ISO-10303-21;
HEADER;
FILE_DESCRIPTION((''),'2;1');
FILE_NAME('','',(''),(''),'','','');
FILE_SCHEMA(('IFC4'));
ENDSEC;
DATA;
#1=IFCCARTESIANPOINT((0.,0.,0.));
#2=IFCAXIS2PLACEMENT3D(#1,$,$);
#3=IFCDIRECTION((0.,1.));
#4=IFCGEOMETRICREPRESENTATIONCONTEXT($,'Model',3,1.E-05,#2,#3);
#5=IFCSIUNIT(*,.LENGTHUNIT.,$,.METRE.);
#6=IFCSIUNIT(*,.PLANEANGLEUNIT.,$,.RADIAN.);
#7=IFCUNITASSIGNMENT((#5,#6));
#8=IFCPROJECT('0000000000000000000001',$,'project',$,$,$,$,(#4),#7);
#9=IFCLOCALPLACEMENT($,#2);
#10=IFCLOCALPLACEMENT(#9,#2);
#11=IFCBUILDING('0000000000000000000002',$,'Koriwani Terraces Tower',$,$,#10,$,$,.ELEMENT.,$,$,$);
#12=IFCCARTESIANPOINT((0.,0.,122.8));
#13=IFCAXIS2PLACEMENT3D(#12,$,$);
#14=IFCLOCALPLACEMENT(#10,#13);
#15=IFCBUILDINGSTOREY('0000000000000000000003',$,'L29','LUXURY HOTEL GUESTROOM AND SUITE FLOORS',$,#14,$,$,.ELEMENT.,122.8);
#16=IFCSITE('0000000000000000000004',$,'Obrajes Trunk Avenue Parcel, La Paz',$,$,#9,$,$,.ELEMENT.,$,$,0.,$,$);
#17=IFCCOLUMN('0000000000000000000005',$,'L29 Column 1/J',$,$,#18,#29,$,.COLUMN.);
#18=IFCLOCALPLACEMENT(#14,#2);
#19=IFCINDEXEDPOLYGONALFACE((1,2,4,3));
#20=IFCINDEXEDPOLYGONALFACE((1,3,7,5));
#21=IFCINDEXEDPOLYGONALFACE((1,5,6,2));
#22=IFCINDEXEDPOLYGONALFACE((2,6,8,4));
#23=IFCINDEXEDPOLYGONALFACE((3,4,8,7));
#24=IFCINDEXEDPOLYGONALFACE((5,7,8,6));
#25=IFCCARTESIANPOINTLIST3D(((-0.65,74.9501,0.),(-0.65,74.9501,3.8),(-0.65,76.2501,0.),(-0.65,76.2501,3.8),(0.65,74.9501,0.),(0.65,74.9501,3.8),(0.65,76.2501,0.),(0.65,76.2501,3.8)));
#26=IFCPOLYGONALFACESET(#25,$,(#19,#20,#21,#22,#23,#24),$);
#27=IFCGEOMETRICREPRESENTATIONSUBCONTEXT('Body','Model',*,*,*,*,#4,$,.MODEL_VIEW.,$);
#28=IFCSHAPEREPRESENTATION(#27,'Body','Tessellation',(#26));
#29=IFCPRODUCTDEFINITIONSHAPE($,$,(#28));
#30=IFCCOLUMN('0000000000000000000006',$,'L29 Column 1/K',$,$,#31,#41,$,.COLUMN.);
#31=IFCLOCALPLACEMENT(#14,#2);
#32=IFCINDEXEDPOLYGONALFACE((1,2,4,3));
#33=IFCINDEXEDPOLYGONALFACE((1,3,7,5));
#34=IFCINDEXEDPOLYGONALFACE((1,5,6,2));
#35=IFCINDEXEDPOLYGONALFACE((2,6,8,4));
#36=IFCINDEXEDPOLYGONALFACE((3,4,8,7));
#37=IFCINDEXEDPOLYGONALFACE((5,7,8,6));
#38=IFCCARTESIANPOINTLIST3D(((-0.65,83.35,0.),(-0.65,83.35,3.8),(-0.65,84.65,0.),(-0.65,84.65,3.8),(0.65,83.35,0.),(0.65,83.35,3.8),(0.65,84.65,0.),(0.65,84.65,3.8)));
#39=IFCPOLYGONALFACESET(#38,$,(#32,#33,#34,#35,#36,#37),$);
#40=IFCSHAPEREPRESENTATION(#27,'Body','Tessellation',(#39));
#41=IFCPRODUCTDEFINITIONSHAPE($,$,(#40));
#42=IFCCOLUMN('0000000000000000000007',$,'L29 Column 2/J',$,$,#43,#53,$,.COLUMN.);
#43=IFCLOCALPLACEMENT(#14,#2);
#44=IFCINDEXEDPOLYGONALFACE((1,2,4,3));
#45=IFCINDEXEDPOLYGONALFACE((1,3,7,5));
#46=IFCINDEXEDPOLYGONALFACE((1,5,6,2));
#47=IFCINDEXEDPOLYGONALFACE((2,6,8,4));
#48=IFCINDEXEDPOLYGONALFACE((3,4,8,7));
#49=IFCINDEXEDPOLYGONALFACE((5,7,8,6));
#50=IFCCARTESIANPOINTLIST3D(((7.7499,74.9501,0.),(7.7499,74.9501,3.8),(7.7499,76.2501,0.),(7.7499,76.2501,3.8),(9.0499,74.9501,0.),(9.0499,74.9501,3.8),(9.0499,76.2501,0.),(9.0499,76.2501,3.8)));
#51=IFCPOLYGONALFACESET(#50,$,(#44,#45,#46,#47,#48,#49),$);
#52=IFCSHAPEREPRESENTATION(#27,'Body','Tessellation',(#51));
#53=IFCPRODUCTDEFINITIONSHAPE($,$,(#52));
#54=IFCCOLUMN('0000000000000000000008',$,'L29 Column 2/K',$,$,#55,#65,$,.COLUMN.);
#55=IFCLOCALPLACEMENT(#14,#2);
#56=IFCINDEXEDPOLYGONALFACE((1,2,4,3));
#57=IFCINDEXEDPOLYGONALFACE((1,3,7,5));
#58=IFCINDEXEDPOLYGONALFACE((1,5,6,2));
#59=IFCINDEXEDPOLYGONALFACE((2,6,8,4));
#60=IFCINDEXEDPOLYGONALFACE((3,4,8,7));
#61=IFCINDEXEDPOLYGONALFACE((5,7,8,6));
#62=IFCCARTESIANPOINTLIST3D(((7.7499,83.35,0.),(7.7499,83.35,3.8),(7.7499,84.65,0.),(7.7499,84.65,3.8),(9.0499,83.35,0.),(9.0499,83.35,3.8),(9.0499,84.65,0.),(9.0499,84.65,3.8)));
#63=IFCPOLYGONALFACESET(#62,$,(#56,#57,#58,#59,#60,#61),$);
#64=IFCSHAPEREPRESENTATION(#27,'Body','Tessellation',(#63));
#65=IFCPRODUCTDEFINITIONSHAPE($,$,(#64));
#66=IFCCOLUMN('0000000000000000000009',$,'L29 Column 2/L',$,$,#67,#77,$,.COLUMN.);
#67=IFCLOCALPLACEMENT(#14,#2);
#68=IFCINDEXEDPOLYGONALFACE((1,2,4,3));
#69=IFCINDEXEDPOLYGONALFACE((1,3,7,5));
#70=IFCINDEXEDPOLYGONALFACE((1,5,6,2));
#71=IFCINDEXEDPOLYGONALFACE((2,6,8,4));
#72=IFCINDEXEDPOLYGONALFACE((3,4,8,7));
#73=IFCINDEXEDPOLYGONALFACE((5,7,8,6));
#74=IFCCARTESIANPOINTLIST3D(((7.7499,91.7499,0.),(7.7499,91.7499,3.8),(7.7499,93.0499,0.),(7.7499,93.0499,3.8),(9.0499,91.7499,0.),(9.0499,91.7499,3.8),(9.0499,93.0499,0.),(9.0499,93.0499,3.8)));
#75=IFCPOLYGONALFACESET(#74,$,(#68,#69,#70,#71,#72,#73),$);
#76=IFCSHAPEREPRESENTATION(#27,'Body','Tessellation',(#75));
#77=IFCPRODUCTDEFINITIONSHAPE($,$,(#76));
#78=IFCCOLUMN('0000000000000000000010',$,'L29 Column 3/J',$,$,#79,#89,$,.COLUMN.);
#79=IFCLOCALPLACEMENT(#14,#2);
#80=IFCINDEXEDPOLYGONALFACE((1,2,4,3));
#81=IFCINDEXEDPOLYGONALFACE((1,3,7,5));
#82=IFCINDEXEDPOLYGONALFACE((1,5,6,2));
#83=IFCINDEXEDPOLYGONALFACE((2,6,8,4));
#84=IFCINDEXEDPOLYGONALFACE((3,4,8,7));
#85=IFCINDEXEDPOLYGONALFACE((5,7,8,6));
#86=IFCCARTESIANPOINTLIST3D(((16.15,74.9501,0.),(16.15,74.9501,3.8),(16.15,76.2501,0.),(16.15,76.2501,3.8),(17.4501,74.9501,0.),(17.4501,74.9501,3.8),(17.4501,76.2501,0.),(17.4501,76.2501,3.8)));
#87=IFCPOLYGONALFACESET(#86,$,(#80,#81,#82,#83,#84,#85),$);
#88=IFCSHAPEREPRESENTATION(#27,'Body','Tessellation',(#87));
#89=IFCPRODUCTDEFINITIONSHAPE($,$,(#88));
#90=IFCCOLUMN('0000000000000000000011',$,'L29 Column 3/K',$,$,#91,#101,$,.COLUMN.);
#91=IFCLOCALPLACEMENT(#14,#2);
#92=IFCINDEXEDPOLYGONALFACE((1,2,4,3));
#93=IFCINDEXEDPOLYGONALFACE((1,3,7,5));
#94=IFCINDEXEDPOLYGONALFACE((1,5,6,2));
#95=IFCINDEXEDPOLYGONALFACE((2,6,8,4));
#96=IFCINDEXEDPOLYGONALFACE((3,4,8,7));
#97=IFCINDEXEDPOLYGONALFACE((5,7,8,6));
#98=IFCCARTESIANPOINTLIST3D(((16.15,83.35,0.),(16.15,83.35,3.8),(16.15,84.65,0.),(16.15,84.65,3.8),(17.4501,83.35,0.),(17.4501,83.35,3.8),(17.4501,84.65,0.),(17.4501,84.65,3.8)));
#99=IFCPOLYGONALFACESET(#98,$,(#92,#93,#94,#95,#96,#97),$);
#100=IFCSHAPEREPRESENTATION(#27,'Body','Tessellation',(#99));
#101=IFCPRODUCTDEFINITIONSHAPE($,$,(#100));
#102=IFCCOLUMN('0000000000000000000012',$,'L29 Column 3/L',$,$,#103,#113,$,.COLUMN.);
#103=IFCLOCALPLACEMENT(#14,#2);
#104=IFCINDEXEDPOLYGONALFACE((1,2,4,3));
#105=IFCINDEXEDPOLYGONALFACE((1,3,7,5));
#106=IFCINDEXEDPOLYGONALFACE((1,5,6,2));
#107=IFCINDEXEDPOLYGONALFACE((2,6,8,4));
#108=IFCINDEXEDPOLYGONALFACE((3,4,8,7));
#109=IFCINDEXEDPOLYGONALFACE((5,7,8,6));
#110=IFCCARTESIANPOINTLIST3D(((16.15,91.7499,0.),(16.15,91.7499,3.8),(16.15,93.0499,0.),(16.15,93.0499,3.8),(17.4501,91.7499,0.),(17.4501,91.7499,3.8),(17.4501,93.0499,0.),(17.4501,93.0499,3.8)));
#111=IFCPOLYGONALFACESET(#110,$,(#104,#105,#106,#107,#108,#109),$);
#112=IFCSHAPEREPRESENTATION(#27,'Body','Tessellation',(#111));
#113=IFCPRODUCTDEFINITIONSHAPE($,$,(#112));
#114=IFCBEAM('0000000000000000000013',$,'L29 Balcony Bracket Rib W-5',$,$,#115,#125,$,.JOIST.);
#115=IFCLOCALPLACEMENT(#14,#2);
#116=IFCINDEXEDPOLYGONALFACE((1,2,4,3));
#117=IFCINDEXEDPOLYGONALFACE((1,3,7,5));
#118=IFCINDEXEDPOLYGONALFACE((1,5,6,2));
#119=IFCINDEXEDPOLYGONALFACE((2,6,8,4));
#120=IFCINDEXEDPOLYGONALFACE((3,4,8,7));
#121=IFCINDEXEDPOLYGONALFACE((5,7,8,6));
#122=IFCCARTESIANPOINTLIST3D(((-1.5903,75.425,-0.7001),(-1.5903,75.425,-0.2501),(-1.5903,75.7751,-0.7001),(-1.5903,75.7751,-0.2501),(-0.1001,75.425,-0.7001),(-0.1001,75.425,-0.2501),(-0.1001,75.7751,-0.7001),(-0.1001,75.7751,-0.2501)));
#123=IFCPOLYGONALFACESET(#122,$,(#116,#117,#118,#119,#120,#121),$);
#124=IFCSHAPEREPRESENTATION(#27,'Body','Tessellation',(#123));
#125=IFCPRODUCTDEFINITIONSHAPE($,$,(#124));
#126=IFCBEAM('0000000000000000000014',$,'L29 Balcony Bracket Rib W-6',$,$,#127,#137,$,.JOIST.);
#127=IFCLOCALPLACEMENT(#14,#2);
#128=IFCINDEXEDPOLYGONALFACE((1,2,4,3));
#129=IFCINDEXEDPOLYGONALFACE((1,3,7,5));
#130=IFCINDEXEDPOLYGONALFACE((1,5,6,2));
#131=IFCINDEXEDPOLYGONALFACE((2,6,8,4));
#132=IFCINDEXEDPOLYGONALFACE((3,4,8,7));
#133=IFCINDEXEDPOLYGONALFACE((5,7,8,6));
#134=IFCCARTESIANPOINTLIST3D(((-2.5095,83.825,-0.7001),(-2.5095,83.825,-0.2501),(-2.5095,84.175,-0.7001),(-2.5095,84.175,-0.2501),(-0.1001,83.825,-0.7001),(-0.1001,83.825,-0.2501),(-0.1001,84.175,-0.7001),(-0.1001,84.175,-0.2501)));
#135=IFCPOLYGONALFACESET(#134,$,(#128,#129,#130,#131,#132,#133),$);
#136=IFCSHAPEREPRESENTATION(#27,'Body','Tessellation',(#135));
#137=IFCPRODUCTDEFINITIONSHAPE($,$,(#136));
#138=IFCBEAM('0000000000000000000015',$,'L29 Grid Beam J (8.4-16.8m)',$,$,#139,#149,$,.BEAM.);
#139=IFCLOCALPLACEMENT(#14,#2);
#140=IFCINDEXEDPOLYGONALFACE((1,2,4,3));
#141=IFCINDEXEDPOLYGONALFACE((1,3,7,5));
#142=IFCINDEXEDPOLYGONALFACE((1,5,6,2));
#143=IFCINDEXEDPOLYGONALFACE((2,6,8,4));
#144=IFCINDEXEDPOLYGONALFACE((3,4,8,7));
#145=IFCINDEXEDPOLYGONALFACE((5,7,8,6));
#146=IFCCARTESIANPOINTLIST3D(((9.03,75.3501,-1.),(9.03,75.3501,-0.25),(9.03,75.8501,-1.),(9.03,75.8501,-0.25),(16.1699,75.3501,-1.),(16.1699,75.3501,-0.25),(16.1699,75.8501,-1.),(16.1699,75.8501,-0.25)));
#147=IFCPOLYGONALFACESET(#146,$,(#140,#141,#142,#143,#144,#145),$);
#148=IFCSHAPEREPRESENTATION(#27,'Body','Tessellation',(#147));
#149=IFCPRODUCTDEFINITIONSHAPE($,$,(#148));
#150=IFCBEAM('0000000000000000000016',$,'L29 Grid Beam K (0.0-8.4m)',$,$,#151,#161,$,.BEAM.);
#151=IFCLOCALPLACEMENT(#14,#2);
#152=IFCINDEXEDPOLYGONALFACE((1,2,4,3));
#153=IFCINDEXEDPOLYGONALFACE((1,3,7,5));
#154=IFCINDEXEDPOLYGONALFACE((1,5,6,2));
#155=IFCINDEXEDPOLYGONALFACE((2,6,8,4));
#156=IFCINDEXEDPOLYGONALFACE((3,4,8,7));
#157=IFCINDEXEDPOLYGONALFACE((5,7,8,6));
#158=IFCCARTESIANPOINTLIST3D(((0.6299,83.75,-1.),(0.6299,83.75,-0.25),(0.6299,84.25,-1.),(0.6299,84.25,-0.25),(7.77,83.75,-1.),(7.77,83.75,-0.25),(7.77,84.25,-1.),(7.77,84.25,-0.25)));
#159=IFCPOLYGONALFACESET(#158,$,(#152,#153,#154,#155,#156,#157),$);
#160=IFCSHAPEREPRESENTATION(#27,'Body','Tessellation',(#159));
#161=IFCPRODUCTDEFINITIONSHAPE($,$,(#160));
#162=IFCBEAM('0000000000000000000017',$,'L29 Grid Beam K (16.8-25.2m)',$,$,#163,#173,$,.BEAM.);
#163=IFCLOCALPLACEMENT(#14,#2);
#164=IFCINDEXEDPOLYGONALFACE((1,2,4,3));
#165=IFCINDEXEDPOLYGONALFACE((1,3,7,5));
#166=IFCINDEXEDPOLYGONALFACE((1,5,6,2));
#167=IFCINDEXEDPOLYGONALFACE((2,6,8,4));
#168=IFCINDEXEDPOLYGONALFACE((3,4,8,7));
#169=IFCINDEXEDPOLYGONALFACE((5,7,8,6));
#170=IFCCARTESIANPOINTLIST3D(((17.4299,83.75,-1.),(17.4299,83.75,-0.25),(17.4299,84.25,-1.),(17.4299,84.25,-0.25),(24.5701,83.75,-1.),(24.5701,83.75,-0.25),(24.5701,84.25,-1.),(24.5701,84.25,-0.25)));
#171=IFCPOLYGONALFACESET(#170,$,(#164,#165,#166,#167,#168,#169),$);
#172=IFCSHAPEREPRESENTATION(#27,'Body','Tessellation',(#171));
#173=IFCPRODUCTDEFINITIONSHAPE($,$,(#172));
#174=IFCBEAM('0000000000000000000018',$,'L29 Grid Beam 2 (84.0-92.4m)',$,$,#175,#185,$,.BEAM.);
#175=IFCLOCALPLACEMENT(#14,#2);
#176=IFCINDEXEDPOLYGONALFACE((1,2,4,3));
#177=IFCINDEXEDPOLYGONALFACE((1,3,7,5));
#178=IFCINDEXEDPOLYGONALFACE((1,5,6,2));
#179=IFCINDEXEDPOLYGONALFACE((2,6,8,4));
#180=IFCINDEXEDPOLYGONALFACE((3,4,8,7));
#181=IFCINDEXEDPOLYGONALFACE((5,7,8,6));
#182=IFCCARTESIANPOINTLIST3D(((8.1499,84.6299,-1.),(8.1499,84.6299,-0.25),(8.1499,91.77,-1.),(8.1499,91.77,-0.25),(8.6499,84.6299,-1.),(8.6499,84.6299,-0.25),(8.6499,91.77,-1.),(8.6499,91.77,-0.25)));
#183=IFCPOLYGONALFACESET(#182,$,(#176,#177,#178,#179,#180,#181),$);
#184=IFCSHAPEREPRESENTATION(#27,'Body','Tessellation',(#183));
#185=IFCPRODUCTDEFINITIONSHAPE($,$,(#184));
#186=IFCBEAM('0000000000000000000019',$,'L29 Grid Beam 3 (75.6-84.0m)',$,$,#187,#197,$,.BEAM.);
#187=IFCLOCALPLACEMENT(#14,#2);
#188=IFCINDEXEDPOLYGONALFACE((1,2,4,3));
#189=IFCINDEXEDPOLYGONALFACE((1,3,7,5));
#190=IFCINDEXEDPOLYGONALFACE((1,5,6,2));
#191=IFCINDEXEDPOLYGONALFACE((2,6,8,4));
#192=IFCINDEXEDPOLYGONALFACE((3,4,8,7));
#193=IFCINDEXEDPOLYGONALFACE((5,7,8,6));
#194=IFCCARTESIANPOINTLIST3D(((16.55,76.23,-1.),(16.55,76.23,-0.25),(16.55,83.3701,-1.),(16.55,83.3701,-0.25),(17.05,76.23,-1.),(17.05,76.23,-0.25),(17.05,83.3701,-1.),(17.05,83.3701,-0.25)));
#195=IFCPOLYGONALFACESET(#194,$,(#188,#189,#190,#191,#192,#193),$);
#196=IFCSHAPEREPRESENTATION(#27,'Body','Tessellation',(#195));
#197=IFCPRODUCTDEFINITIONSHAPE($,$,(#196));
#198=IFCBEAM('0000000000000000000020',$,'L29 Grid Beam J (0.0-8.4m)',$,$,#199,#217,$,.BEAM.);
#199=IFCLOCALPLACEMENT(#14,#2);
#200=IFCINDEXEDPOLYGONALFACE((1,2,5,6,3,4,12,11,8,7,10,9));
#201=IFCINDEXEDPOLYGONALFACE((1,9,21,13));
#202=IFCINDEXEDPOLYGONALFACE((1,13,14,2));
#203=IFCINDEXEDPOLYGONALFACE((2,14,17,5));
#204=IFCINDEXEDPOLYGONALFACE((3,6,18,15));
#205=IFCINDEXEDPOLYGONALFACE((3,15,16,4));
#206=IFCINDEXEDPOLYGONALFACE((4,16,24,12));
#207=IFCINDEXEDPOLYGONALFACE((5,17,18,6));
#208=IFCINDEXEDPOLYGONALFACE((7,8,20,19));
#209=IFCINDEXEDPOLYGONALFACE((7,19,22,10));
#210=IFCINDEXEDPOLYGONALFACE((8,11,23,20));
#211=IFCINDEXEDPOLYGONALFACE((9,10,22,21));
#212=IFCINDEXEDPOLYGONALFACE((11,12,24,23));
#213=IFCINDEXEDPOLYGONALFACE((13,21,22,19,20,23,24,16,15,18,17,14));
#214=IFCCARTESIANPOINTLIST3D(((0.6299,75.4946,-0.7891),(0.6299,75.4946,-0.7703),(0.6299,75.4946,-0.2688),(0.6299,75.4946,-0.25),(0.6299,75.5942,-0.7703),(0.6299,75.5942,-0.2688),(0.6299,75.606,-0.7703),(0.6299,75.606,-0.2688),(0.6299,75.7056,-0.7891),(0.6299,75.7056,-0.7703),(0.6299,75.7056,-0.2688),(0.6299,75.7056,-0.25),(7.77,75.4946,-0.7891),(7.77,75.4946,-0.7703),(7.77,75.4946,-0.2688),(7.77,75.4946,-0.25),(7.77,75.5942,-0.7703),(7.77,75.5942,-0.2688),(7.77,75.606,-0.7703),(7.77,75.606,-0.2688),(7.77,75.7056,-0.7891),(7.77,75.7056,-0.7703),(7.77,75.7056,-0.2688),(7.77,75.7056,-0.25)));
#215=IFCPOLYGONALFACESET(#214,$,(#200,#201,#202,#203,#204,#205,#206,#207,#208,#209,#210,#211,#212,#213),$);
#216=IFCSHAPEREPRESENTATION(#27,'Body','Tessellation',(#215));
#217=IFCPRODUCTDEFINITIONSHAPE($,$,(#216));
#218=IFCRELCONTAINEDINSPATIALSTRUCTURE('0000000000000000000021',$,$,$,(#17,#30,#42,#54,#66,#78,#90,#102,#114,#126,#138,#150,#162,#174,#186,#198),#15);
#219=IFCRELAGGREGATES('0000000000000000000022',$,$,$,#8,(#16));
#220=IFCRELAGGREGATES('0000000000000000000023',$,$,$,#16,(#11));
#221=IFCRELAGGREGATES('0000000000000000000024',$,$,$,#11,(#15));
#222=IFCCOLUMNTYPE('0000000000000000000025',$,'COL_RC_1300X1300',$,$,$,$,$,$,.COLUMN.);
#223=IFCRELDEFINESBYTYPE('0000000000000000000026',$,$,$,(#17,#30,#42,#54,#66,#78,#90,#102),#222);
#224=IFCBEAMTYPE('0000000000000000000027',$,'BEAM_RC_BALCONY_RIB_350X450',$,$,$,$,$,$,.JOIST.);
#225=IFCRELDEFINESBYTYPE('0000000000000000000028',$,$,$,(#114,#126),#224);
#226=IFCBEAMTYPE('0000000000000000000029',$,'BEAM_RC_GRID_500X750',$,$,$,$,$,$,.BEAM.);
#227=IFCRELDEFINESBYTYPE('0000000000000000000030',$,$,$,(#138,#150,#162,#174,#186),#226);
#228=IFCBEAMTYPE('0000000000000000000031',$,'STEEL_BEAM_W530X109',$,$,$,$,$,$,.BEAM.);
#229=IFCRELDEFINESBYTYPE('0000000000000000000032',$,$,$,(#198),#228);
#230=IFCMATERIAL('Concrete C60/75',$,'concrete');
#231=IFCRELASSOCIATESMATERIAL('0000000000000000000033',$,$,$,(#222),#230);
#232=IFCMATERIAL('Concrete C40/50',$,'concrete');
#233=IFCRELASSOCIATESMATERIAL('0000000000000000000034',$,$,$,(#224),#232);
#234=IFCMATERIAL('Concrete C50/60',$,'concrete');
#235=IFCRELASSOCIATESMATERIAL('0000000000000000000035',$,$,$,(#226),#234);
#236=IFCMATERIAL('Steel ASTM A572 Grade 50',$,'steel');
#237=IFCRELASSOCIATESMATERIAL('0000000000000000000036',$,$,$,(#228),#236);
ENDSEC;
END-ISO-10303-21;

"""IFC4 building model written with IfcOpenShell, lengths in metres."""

from ifc_helpers import new_model, si_unit, direction, frame, origin, origin_2d, place, context, subcontext, project, spatial, rectangle, i_section, extrude, material, material_profile, profile_set, type_object, element, save


model = new_model("IFC4")

# Units and contexts
model_context = context("Model", 3, precision=1e-05, world=origin(), true_north=direction((0.0, 1.0)))
body_context = subcontext(model_context, "Body", "Model", "MODEL_VIEW")
ifc_project = project(units=[si_unit("LENGTHUNIT", "METRE"), si_unit("PLANEANGLEUNIT", "RADIAN")], contexts=[model_context])

# Site, building, storey
site_placement = place(None, origin())
site = spatial("IfcSite", under=ifc_project, at=site_placement, Name="Obrajes Trunk Avenue Parcel, La Paz", CompositionType="ELEMENT", RefElevation=0.0)
building_placement = place(site_placement, origin())
building = spatial("IfcBuilding", under=site, at=building_placement, Name="Koriwani Terraces Tower", CompositionType="ELEMENT")
storey_placement = place(building_placement, frame((0.0, 0.0, 122.8)))
storey = spatial("IfcBuildingStorey", under=building, at=storey_placement, Name="L29", Description="LUXURY HOTEL GUESTROOM AND SUITE FLOORS", CompositionType="ELEMENT", Elevation=122.8)

# Columns
ifc_material_1 = material(Name="Concrete C60/75", Category="concrete")
ifc_material_profile_1 = material_profile(ifc_material_1, rectangle(XDim=1.3, YDim=1.3, at=origin_2d()), Name="Concrete C60/75", Category="LoadBearing")
ifc_profile_set_1 = profile_set([ifc_material_profile_1], Name="Concrete C60/75")
column_type = type_object("IfcColumnType", Name="COL_RC_1300X1300", PredefinedType="COLUMN", material=ifc_profile_set_1)
for number, where, z_axis, x_axis, name in (
    (1, (0.0, 75.6001, 0.0), (0.0, 0.0, 1.0), (1.0, 0.0, 0.0), "L29 Column 1/J"),
    (2, (0.0, 84.0, 0.0), (0.0, 0.0, 1.0), (1.0, 0.0, 0.0), "L29 Column 1/K"),
    (3, (8.3999, 75.6001, 0.0), (0.0, 0.0, 1.0), (1.0, 0.0, 0.0), "L29 Column 2/J"),
    (4, (8.3999, 84.0, 0.0), (0.0, 0.0, 1.0), (1.0, 0.0, 0.0), "L29 Column 2/K"),
    (5, (8.3999, 92.3999, 0.0), (0.0, 0.0, 1.0), (1.0, 0.0, 0.0), "L29 Column 2/L"),
    (6, (16.8, 75.6001, 0.0), (0.0, 0.0, 1.0), (1.0, 0.0, 0.0), "L29 Column 3/J"),
    (7, (16.8, 84.0, 0.0), (0.0, 0.0, 1.0), (1.0, 0.0, 0.0), "L29 Column 3/K"),
    (8, (16.8, 92.3999, 0.0), (0.0, 0.0, 1.0), (1.0, 0.0, 0.0), "L29 Column 3/L"),
):
    element("IfcColumn", number, at=place(storey_placement, frame(where, z_axis=z_axis, x_axis=x_axis)), inside=storey, type_object=column_type, Name=name, PredefinedType="COLUMN", context=body_context, shape_type="SweptSolid", body=[
        extrude(rectangle(XDim=1.3, YDim=1.3, at=origin_2d()), origin(), (0.0, 0.0, 1.0), 3.8),
    ])

# Beams
ifc_material_2 = material(Name="Concrete C40/50", Category="concrete")
ifc_material_profile_2 = material_profile(ifc_material_2, rectangle(XDim=0.3501, YDim=0.45, at=origin_2d()), Name="Concrete C40/50", Category="LoadBearing")
ifc_profile_set_2 = profile_set([ifc_material_profile_2], Name="Concrete C40/50")
beam_type_1 = type_object("IfcBeamType", Name="BEAM_RC_BALCONY_RIB_350X450", PredefinedType="JOIST", material=ifc_profile_set_2)
beam_1_placement = place(storey_placement, frame((-1.5903, 75.6001, -0.4751), z_axis=(1.0, 0.0, 0.0), x_axis=(0.0, 1.0, 0.0)))
element("IfcBeam", 9, at=beam_1_placement, inside=storey, type_object=beam_type_1, Name="L29 Balcony Bracket Rib W-5", PredefinedType="JOIST", context=body_context, shape_type="SweptSolid", body=[
    extrude(rectangle(XDim=0.3501, YDim=0.45, at=origin_2d()), origin(), (0.0, 0.0, 1.0), 1.4902),
])
beam_2_placement = place(storey_placement, frame((-2.5095, 84.0, -0.4751), z_axis=(1.0, 0.0, 0.0), x_axis=(0.0, 1.0, 0.0)))
element("IfcBeam", 10, at=beam_2_placement, inside=storey, type_object=beam_type_1, Name="L29 Balcony Bracket Rib W-6", PredefinedType="JOIST", context=body_context, shape_type="SweptSolid", body=[
    extrude(rectangle(XDim=0.3501, YDim=0.45, at=origin_2d()), origin(), (0.0, 0.0, 1.0), 2.4094),
])
ifc_material_3 = material(Name="Concrete C50/60", Category="concrete")
ifc_material_profile_3 = material_profile(ifc_material_3, rectangle(XDim=0.5, YDim=0.75, at=origin_2d()), Name="Concrete C50/60", Category="LoadBearing")
ifc_profile_set_3 = profile_set([ifc_material_profile_3], Name="Concrete C50/60")
beam_type_2 = type_object("IfcBeamType", Name="BEAM_RC_GRID_500X750", PredefinedType="BEAM", material=ifc_profile_set_3)
beam_3_placement = place(storey_placement, frame((9.03, 75.6001, -0.625), z_axis=(1.0, 0.0, 0.0), x_axis=(0.0, 1.0, 0.0)))
element("IfcBeam", 11, at=beam_3_placement, inside=storey, type_object=beam_type_2, Name="L29 Grid Beam J (8.4-16.8m)", PredefinedType="BEAM", context=body_context, shape_type="SweptSolid", body=[
    extrude(rectangle(XDim=0.5, YDim=0.75, at=origin_2d()), origin(), (0.0, 0.0, 1.0), 7.1399),
])
for number, where, z_axis, x_axis, name in (
    (12, (0.6299, 84.0, -0.625), (1.0, 0.0, 0.0), (0.0, 1.0, 0.0), "L29 Grid Beam K (0.0-8.4m)"),
    (13, (17.4299, 84.0, -0.625), (1.0, 0.0, 0.0), (0.0, 1.0, 0.0), "L29 Grid Beam K (16.8-25.2m)"),
    (14, (8.3999, 84.6299, -0.625), (0.0, 1.0, 0.0), (-1.0, 0.0, 0.0), "L29 Grid Beam 2 (84.0-92.4m)"),
    (15, (16.8, 76.23, -0.625), (0.0, 1.0, 0.0), (-1.0, 0.0, 0.0), "L29 Grid Beam 3 (75.6-84.0m)"),
):
    element("IfcBeam", number, at=place(storey_placement, frame(where, z_axis=z_axis, x_axis=x_axis)), inside=storey, type_object=beam_type_2, Name=name, PredefinedType="BEAM", context=body_context, shape_type="SweptSolid", body=[
        extrude(rectangle(XDim=0.5, YDim=0.75, at=origin_2d()), origin(), (0.0, 0.0, 1.0), 7.1401),
    ])
ifc_material_4 = material(Name="Steel ASTM A572 Grade 50", Category="steel")
ifc_material_profile_4 = material_profile(ifc_material_4, i_section(OverallWidth=0.2109, OverallDepth=0.5391, WebThickness=0.0117, FlangeThickness=0.0188, at=origin_2d()), Name="Steel ASTM A572 Grade 50", Category="LoadBearing")
ifc_profile_set_4 = profile_set([ifc_material_profile_4], Name="Steel ASTM A572 Grade 50")
beam_type_3 = type_object("IfcBeamType", Name="STEEL_BEAM_W530X109", PredefinedType="BEAM", material=ifc_profile_set_4)
for number, where, z_axis, x_axis, name in (
    (16, (0.6299, 75.6001, -0.5195), (1.0, 0.0, 0.0), (0.0, 1.0, 0.0), "L29 Grid Beam J (0.0-8.4m)"),
):
    element("IfcBeam", number, at=place(storey_placement, frame(where, z_axis=z_axis, x_axis=x_axis)), inside=storey, type_object=beam_type_3, Name=name, PredefinedType="BEAM", context=body_context, shape_type="SweptSolid", body=[
        extrude(i_section(OverallWidth=0.2109, OverallDepth=0.5391, WebThickness=0.0117, FlangeThickness=0.0188, at=origin_2d()), origin(), (0.0, 0.0, 1.0), 7.1401),
    ])

save(model, "model.ifc")
